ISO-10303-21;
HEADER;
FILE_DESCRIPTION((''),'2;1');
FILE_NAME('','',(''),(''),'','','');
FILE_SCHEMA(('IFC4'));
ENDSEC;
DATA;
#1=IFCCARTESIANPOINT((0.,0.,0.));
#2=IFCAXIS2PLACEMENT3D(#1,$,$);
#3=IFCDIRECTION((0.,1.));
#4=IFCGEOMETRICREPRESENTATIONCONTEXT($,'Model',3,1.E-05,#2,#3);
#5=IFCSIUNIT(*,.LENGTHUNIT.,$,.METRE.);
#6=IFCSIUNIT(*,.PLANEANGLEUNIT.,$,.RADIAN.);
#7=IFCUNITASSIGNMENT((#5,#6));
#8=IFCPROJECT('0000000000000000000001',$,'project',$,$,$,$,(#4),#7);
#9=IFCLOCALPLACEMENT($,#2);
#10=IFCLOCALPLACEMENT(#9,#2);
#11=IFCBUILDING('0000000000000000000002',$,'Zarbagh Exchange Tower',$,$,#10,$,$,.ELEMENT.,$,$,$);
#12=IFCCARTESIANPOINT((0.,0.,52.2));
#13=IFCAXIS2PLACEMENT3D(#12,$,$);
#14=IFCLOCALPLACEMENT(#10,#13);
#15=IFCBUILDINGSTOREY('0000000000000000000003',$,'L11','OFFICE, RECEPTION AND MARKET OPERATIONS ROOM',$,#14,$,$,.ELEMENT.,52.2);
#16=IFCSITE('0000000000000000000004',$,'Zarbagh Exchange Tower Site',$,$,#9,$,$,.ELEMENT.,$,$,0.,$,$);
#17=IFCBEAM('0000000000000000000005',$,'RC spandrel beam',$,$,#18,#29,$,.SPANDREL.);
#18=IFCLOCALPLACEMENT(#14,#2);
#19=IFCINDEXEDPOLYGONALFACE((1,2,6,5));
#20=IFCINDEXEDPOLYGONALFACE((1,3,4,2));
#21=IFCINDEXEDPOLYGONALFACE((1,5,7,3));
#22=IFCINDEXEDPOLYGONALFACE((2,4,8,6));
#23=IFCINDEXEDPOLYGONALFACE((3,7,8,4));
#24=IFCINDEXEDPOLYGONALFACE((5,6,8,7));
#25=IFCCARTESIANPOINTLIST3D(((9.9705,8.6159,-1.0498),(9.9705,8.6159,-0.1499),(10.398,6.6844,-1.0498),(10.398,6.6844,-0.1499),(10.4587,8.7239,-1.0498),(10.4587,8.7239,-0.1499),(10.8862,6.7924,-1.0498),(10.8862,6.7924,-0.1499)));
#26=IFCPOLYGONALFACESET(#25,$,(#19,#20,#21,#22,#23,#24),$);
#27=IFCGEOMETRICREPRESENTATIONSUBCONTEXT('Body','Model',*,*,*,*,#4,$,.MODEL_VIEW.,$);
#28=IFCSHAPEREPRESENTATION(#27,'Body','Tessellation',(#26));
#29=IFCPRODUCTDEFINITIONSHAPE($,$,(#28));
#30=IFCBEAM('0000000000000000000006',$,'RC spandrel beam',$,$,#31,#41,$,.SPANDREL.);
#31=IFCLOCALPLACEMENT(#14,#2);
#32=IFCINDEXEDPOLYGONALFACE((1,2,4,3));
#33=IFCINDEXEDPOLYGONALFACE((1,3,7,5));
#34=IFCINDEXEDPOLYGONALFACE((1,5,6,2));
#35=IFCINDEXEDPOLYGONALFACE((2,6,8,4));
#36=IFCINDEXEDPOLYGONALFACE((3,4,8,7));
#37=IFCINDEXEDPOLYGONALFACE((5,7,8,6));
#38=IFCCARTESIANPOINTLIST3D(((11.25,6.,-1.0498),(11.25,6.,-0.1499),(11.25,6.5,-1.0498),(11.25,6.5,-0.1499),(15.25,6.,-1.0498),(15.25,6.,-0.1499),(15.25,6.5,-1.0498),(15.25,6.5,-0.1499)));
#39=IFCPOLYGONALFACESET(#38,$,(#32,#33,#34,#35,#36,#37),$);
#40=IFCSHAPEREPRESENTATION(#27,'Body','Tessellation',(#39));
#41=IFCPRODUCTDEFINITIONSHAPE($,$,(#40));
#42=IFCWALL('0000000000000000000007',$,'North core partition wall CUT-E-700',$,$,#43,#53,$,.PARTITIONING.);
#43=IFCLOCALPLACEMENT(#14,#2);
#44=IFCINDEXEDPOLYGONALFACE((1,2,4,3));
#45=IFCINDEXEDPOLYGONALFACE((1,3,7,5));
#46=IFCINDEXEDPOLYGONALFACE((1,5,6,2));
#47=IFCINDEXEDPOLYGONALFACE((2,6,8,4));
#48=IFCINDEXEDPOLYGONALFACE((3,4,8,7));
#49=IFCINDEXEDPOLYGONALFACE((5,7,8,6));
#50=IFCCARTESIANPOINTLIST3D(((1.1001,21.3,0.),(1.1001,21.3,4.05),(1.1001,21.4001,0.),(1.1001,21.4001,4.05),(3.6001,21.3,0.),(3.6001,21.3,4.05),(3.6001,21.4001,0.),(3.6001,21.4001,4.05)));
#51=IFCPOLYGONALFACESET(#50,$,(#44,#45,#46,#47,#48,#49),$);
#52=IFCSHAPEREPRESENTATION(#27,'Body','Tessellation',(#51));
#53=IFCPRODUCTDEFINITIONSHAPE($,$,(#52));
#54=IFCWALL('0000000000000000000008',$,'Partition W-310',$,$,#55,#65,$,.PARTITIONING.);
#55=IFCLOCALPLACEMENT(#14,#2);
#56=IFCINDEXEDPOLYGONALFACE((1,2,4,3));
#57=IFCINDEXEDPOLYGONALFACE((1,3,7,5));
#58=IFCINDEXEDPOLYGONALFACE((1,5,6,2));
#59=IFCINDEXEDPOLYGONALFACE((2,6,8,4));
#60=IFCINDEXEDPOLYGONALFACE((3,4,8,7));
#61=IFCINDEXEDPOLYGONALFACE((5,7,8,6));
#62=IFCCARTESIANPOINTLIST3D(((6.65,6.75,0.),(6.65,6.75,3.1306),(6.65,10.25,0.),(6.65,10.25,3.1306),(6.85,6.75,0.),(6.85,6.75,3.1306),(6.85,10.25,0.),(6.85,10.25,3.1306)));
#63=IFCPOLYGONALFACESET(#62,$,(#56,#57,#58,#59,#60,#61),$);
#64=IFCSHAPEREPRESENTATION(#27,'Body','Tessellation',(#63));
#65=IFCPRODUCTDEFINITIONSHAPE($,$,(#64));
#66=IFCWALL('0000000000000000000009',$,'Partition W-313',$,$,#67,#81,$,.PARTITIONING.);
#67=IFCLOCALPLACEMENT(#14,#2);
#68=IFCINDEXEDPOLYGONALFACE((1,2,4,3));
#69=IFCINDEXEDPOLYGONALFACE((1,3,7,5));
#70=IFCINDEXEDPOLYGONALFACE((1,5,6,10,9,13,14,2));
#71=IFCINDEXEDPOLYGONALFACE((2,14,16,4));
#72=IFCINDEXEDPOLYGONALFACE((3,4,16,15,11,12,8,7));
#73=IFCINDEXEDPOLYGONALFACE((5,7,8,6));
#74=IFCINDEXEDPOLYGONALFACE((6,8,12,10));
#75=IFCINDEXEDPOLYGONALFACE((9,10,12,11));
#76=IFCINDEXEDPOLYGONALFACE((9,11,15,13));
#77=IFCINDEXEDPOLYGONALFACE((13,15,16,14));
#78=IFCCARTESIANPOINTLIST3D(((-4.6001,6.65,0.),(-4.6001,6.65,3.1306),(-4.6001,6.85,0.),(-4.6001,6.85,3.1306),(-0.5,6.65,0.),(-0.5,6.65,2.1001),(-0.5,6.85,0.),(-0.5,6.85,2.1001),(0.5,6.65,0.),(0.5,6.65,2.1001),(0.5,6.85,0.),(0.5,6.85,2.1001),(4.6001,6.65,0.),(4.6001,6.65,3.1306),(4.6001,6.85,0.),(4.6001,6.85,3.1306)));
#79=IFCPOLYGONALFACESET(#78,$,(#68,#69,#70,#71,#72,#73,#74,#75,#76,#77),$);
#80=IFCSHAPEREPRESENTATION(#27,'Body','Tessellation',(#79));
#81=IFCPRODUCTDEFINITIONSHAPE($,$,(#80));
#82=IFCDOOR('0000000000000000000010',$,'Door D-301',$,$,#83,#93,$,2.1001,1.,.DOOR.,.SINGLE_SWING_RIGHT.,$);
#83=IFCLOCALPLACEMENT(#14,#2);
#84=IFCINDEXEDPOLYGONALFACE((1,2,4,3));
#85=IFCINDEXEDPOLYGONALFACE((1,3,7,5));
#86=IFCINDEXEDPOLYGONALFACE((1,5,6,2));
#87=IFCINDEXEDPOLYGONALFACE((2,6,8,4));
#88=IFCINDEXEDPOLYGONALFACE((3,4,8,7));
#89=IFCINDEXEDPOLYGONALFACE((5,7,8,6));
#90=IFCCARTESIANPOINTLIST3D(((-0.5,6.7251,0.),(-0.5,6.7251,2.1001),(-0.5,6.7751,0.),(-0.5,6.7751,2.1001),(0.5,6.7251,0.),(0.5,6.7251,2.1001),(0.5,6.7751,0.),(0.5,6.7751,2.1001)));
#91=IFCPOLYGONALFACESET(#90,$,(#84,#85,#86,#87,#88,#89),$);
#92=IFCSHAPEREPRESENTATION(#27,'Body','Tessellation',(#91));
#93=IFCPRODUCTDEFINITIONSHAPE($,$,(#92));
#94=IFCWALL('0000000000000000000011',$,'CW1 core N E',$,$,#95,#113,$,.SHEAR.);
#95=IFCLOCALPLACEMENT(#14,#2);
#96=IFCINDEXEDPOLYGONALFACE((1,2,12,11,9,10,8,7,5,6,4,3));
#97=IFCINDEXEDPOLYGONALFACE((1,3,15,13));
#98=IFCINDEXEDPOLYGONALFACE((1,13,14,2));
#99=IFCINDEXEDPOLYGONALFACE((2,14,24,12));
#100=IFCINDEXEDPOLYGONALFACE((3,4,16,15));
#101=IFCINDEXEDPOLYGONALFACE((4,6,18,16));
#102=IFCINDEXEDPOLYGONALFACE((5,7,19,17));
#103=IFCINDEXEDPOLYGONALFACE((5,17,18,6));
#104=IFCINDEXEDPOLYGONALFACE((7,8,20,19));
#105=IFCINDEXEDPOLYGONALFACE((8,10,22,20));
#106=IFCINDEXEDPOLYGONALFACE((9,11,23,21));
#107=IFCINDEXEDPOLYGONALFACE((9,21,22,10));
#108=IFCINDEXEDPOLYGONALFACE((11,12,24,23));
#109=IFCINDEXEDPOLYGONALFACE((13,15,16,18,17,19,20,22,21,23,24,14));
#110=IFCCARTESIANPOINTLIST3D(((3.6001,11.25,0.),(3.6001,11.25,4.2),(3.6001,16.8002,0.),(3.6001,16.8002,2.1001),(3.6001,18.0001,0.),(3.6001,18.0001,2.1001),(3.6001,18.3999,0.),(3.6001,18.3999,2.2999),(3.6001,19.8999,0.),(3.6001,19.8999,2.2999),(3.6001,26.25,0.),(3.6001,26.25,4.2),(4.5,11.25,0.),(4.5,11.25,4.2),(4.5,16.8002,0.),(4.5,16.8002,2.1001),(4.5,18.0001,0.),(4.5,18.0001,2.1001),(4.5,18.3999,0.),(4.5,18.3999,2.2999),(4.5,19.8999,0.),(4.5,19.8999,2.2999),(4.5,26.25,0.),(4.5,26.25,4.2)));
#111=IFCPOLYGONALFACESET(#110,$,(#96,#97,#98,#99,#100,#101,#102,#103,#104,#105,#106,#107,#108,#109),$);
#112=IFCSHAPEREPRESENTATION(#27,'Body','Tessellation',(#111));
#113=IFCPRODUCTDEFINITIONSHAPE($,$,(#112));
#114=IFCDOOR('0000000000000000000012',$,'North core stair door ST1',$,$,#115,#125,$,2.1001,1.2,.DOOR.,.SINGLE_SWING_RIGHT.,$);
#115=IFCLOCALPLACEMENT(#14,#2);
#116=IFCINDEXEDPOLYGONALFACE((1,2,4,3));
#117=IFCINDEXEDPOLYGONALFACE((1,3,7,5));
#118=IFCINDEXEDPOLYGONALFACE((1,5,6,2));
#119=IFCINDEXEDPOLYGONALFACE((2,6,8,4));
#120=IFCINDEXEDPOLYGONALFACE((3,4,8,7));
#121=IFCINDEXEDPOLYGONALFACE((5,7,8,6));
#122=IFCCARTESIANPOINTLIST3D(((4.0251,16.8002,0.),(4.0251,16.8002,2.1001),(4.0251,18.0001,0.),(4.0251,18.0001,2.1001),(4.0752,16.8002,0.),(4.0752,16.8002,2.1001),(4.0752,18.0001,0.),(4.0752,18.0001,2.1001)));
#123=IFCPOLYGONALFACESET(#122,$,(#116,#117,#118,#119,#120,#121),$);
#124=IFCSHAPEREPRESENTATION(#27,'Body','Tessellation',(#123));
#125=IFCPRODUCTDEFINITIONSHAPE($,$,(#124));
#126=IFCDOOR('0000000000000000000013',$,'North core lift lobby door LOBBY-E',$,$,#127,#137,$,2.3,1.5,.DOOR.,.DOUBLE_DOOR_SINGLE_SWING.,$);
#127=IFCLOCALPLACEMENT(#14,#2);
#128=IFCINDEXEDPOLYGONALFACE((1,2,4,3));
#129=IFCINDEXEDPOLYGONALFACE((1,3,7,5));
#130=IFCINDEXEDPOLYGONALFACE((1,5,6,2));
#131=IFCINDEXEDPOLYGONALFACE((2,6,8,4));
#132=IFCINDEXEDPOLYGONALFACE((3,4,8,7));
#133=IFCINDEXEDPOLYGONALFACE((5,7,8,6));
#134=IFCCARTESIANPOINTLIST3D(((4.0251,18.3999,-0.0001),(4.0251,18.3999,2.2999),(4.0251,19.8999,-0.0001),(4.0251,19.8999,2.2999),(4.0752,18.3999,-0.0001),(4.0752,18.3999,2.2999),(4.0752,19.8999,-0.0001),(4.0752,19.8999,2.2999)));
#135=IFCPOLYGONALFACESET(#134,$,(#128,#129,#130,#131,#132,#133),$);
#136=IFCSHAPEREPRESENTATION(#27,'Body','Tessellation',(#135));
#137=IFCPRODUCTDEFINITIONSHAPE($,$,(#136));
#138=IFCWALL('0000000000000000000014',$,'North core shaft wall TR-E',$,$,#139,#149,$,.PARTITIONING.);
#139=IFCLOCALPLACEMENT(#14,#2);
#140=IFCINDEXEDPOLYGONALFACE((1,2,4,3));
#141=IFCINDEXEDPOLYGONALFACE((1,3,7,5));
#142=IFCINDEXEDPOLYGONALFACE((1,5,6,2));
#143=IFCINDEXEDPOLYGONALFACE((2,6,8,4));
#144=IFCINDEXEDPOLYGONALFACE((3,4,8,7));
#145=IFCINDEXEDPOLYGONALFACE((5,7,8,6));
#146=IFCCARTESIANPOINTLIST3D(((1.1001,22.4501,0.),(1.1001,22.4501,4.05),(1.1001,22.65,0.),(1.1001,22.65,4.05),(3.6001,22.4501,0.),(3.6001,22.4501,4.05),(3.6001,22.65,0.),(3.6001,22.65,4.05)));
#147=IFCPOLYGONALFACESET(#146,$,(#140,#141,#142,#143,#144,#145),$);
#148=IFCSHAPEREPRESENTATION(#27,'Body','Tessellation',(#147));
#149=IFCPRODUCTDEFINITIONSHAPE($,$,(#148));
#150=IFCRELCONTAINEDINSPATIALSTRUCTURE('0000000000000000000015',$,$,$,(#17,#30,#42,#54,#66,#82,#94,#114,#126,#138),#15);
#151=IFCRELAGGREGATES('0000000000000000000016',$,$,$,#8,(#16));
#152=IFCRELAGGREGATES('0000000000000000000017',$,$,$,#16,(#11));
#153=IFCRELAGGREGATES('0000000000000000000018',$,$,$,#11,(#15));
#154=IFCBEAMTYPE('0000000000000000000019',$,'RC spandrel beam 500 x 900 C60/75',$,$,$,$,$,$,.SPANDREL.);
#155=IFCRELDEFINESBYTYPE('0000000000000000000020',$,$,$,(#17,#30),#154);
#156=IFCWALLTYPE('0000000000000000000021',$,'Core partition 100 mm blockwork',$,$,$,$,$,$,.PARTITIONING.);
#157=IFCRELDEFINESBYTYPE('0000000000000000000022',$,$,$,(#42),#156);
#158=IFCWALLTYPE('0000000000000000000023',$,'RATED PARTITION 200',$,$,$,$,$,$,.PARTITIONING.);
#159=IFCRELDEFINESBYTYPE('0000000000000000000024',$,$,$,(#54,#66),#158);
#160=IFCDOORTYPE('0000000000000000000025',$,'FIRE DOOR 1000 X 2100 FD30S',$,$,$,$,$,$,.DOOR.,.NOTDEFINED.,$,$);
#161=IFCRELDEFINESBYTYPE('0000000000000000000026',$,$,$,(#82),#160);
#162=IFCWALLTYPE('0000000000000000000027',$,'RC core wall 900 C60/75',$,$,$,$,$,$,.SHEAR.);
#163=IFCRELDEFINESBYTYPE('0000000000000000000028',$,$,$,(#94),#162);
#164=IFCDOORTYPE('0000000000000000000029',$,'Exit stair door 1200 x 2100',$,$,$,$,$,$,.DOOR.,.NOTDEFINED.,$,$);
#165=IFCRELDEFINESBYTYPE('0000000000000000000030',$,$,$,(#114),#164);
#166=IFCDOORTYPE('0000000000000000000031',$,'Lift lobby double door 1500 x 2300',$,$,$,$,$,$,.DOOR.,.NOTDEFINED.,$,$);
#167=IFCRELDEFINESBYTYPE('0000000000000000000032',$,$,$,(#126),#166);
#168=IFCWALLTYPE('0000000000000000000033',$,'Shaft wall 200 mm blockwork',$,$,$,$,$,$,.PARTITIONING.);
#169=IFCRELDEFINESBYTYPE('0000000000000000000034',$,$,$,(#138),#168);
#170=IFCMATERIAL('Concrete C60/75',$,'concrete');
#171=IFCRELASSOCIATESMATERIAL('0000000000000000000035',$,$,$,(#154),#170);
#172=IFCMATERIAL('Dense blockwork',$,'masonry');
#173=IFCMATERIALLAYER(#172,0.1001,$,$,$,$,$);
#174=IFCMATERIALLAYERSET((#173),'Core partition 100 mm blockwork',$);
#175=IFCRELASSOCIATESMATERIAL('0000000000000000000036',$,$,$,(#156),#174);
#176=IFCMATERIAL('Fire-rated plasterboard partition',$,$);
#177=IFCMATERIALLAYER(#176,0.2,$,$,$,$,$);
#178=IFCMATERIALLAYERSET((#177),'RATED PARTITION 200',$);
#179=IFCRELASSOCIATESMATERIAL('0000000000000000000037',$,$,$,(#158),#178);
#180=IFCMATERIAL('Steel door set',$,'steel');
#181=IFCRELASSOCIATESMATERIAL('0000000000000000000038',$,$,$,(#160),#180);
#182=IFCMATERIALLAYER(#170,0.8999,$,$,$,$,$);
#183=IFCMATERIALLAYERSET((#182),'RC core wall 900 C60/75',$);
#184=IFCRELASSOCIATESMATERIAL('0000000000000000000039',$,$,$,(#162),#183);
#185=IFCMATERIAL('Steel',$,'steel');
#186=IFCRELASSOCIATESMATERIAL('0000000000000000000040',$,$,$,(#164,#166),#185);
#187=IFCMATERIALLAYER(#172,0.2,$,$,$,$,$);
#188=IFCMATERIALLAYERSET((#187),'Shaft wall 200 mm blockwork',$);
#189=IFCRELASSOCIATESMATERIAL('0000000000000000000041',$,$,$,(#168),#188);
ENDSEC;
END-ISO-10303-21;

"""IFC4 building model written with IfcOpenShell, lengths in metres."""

from ifc_helpers import new_model, si_unit, direction, frame, frame_2d, origin, origin_2d, place, context, subcontext, project, spatial, rectangle, extrude, material, layer, layer_set, material_profile, profile_set, type_object, element, fill, save


model = new_model("IFC4")

# Units and contexts
model_context = context("Model", 3, precision=1e-05, world=origin(), true_north=direction((0.0, 1.0)))
body_context = subcontext(model_context, "Body", "Model", "MODEL_VIEW")
ifc_project = project(units=[si_unit("LENGTHUNIT", "METRE"), si_unit("PLANEANGLEUNIT", "RADIAN")], contexts=[model_context])

# Site, building, storey
site_placement = place(None, origin())
site = spatial("IfcSite", under=ifc_project, at=site_placement, Name="Zarbagh Exchange Tower Site", CompositionType="ELEMENT", RefElevation=0.0)
building_placement = place(site_placement, origin())
building = spatial("IfcBuilding", under=site, at=building_placement, Name="Zarbagh Exchange Tower", CompositionType="ELEMENT")
storey_placement = place(building_placement, frame((0.0, 0.0, 52.2)))
storey = spatial("IfcBuildingStorey", under=building, at=storey_placement, Name="L11", Description="OFFICE, RECEPTION AND MARKET OPERATIONS ROOM", CompositionType="ELEMENT", Elevation=52.2)

# Shared definitions
ifc_material_1 = material(Name="Concrete C60/75", Category="concrete")

# Beams
ifc_material_profile_1 = material_profile(ifc_material_1, rectangle(XDim=0.5, YDim=0.8999, at=origin_2d()), Name="RC spandrel beam 500 x 900 C60/75")
ifc_profile_set_1 = profile_set([ifc_material_profile_1], Name="Concrete C60/75")
beam_type = type_object("IfcBeamType", Name="RC spandrel beam 500 x 900 C60/75", PredefinedType="SPANDREL", material=ifc_profile_set_1)
beam_1_placement = place(storey_placement, frame((10.2146, 8.6699, -0.5999), z_axis=(0.216081, -0.976375, 0.0), x_axis=(0.976375, 0.216081, 0.0)))
element("IfcBeam", 1, at=beam_1_placement, inside=storey, type_object=beam_type, Name="RC spandrel beam", PredefinedType="SPANDREL", context=body_context, shape_type="SweptSolid", body=[
    extrude(rectangle(XDim=0.5, YDim=0.8999, at=origin_2d()), origin(), (0.0, 0.0, 1.0), 1.9783),
])
beam_2_placement = place(storey_placement, frame((11.25, 6.25, -0.5999), z_axis=(1.0, 0.0, 0.0), x_axis=(0.0, 1.0, 0.0)))
element("IfcBeam", 2, at=beam_2_placement, inside=storey, type_object=beam_type, Name="RC spandrel beam", PredefinedType="SPANDREL", context=body_context, shape_type="SweptSolid", body=[
    extrude(rectangle(XDim=0.5, YDim=0.8999, at=origin_2d()), origin(), (0.0, 0.0, 1.0), 4.0),
])

# Walls
ifc_material_2 = material(Name="Dense blockwork", Category="masonry")
ifc_layer_1 = layer(ifc_material_2, 0.1001)
ifc_layer_set_1 = layer_set([ifc_layer_1], Name="Core partition 100 mm blockwork")
wall_type_1 = type_object("IfcWallType", Name="Core partition 100 mm blockwork", PredefinedType="PARTITIONING", material=ifc_layer_set_1)
wall_1_placement = place(storey_placement, frame((1.1001, 21.3501, 0.0), z_axis=(0.0, 0.0, 1.0), x_axis=(1.0, 0.0, 0.0)))
element("IfcWall", 3, at=wall_1_placement, inside=storey, type_object=wall_type_1, Name="North core partition wall CUT-E-700", PredefinedType="PARTITIONING", context=body_context, shape_type="SweptSolid", body=[
    extrude(rectangle(XDim=2.5, YDim=0.1001, at=frame_2d((1.25, 0.0))), origin(), (0.0, 0.0, 1.0), 4.05),
])
ifc_material_3 = material(Name="Fire-rated plasterboard partition")
ifc_layer_2 = layer(ifc_material_3, 0.2)
ifc_layer_set_2 = layer_set([ifc_layer_2], Name="RATED PARTITION 200")
wall_type_2 = type_object("IfcWallType", Name="RATED PARTITION 200", PredefinedType="PARTITIONING", material=ifc_layer_set_2)
wall_2_placement = place(storey_placement, frame((6.75, 6.75, 0.0), z_axis=(0.0, 0.0, 1.0), x_axis=(0.0, 1.0, 0.0)))
element("IfcWall", 4, at=wall_2_placement, inside=storey, type_object=wall_type_2, Name="Partition W-310", PredefinedType="PARTITIONING", context=body_context, shape_type="SweptSolid", body=[
    extrude(rectangle(XDim=3.5, YDim=0.2, at=frame_2d((1.75, 0.0))), origin(), (0.0, 0.0, 1.0), 3.1306),
])

# Wall, opening, door
wall_3_placement = place(storey_placement, frame((4.6001, 6.75, 0.0), z_axis=(0.0, 0.0, 1.0), x_axis=(-1.0, 0.0, 0.0)))
wall_3 = element("IfcWall", 5, at=wall_3_placement, inside=storey, type_object=wall_type_2, Name="Partition W-313", PredefinedType="PARTITIONING", context=body_context, shape_type="SweptSolid", body=[
    extrude(rectangle(XDim=9.2002, YDim=0.2, at=frame_2d((4.6001, 0.0))), origin(), (0.0, 0.0, 1.0), 3.1306),
])
opening_1_placement = place(wall_3_placement, frame((4.1001, 0.0, 0.0)))
opening_1 = element("IfcOpeningElement", 6, at=opening_1_placement, cuts=wall_3, PredefinedType="OPENING", context=body_context, shape_type="SweptSolid", body=[
    extrude(rectangle(XDim=1.0, YDim=2.1001, at=frame_2d((0.5, 1.05))), frame((0.0, 0.1099, 0.0), z_axis=(0.0, -1.0, 0.0), x_axis=(1.0, 0.0, 0.0)), (0.0, 0.0, 1.0), 0.22),
])
ifc_material_4 = material(Name="Steel door set", Category="steel")
door_type_1 = type_object("IfcDoorType", Name="FIRE DOOR 1000 X 2100 FD30S", OperationType="NOTDEFINED", PredefinedType="DOOR", material=ifc_material_4)
door_1_placement = place(opening_1_placement, origin())
door_1 = element("IfcDoor", 7, at=door_1_placement, inside=storey, type_object=door_type_1, Name="Door D-301", OperationType="SINGLE_SWING_RIGHT", OverallHeight=2.1001, OverallWidth=1.0, PredefinedType="DOOR", context=body_context, shape_type="SweptSolid", body=[
    extrude(rectangle(XDim=1.0, YDim=2.1001, at=frame_2d((0.5, 1.05))), frame((0.0, 0.0249, 0.0), z_axis=(0.0, -1.0, 0.0), x_axis=(1.0, 0.0, 0.0)), (0.0, 0.0, 1.0), 0.05),
])
fill(opening_1, door_1)

# Wall, openings, doors
ifc_layer_3 = layer(ifc_material_1, 0.8999)
ifc_layer_set_3 = layer_set([ifc_layer_3], Name="RC core wall 900 C60/75")
wall_type_3 = type_object("IfcWallType", Name="RC core wall 900 C60/75", PredefinedType="SHEAR", material=ifc_layer_set_3)
wall_4_placement = place(storey_placement, frame((4.05, 11.25, 0.0), z_axis=(0.0, 0.0, 1.0), x_axis=(0.0, 1.0, 0.0)))
wall_4 = element("IfcWall", 8, at=wall_4_placement, inside=storey, type_object=wall_type_3, Name="CW1 core N E", PredefinedType="SHEAR", context=body_context, shape_type="SweptSolid", body=[
    extrude(rectangle(XDim=15.0, YDim=0.8999, at=frame_2d((7.5, 0.0))), origin(), (0.0, 0.0, 1.0), 4.2),
])
opening_2_placement = place(wall_4_placement, frame((7.1499, 0.0, 0.0)))
opening_2 = element("IfcOpeningElement", 9, at=opening_2_placement, cuts=wall_4, PredefinedType="OPENING", context=body_context, shape_type="SweptSolid", body=[
    extrude(rectangle(XDim=1.5, YDim=2.3, at=frame_2d((0.75, 1.1499))), frame((0.0, 0.46, 0.0), z_axis=(0.0, -1.0, 0.0), x_axis=(1.0, 0.0, 0.0)), (0.0, 0.0, 1.0), 0.9199),
])
opening_3_placement = place(wall_4_placement, frame((5.55, 0.0, 0.0)))
opening_3 = element("IfcOpeningElement", 10, at=opening_3_placement, cuts=wall_4, PredefinedType="OPENING", context=body_context, shape_type="SweptSolid", body=[
    extrude(rectangle(XDim=1.2, YDim=2.1001, at=frame_2d((0.6001, 1.05))), frame((0.0, 0.46, 0.0), z_axis=(0.0, -1.0, 0.0), x_axis=(1.0, 0.0, 0.0)), (0.0, 0.0, 1.0), 0.9199),
])
ifc_material_5 = material(Name="Steel", Category="steel")
door_type_2 = type_object("IfcDoorType", Name="Exit stair door 1200 x 2100", OperationType="NOTDEFINED", PredefinedType="DOOR", material=ifc_material_5)
door_2_placement = place(opening_3_placement, origin())
door_2 = element("IfcDoor", 11, at=door_2_placement, inside=storey, type_object=door_type_2, Name="North core stair door ST1", OperationType="SINGLE_SWING_RIGHT", OverallHeight=2.1001, OverallWidth=1.2, PredefinedType="DOOR", context=body_context, shape_type="SweptSolid", body=[
    extrude(rectangle(XDim=1.2, YDim=2.1001, at=frame_2d((0.6001, 1.05))), frame((0.0, 0.0249, 0.0), z_axis=(0.0, -1.0, 0.0), x_axis=(1.0, 0.0, 0.0)), (0.0, 0.0, 1.0), 0.05),
])
fill(opening_3, door_2)
door_type_3 = type_object("IfcDoorType", Name="Lift lobby double door 1500 x 2300", OperationType="NOTDEFINED", PredefinedType="DOOR", material=ifc_material_5)
door_3_placement = place(opening_2_placement, origin())
door_3 = element("IfcDoor", 12, at=door_3_placement, inside=storey, type_object=door_type_3, Name="North core lift lobby door LOBBY-E", OperationType="DOUBLE_DOOR_SINGLE_SWING", OverallHeight=2.3, OverallWidth=1.5, PredefinedType="DOOR", context=body_context, shape_type="SweptSolid", body=[
    extrude(rectangle(XDim=1.5, YDim=2.3, at=frame_2d((0.75, 1.1499))), frame((0.0, 0.0249, 0.0), z_axis=(0.0, -1.0, 0.0), x_axis=(1.0, 0.0, 0.0)), (0.0, 0.0, 1.0), 0.05),
])
fill(opening_2, door_3)

# Wall
ifc_layer_4 = layer(ifc_material_2, 0.2)
ifc_layer_set_4 = layer_set([ifc_layer_4], Name="Shaft wall 200 mm blockwork")
wall_type_4 = type_object("IfcWallType", Name="Shaft wall 200 mm blockwork", PredefinedType="PARTITIONING", material=ifc_layer_set_4)
wall_5_placement = place(storey_placement, frame((1.1001, 22.55, 0.0), z_axis=(0.0, 0.0, 1.0), x_axis=(1.0, 0.0, 0.0)))
element("IfcWall", 13, at=wall_5_placement, inside=storey, type_object=wall_type_4, Name="North core shaft wall TR-E", PredefinedType="PARTITIONING", context=body_context, shape_type="SweptSolid", body=[
    extrude(rectangle(XDim=2.5, YDim=0.2, at=frame_2d((1.25, 0.0))), origin(), (0.0, 0.0, 1.0), 4.05),
])

save(model, "model.ifc")
